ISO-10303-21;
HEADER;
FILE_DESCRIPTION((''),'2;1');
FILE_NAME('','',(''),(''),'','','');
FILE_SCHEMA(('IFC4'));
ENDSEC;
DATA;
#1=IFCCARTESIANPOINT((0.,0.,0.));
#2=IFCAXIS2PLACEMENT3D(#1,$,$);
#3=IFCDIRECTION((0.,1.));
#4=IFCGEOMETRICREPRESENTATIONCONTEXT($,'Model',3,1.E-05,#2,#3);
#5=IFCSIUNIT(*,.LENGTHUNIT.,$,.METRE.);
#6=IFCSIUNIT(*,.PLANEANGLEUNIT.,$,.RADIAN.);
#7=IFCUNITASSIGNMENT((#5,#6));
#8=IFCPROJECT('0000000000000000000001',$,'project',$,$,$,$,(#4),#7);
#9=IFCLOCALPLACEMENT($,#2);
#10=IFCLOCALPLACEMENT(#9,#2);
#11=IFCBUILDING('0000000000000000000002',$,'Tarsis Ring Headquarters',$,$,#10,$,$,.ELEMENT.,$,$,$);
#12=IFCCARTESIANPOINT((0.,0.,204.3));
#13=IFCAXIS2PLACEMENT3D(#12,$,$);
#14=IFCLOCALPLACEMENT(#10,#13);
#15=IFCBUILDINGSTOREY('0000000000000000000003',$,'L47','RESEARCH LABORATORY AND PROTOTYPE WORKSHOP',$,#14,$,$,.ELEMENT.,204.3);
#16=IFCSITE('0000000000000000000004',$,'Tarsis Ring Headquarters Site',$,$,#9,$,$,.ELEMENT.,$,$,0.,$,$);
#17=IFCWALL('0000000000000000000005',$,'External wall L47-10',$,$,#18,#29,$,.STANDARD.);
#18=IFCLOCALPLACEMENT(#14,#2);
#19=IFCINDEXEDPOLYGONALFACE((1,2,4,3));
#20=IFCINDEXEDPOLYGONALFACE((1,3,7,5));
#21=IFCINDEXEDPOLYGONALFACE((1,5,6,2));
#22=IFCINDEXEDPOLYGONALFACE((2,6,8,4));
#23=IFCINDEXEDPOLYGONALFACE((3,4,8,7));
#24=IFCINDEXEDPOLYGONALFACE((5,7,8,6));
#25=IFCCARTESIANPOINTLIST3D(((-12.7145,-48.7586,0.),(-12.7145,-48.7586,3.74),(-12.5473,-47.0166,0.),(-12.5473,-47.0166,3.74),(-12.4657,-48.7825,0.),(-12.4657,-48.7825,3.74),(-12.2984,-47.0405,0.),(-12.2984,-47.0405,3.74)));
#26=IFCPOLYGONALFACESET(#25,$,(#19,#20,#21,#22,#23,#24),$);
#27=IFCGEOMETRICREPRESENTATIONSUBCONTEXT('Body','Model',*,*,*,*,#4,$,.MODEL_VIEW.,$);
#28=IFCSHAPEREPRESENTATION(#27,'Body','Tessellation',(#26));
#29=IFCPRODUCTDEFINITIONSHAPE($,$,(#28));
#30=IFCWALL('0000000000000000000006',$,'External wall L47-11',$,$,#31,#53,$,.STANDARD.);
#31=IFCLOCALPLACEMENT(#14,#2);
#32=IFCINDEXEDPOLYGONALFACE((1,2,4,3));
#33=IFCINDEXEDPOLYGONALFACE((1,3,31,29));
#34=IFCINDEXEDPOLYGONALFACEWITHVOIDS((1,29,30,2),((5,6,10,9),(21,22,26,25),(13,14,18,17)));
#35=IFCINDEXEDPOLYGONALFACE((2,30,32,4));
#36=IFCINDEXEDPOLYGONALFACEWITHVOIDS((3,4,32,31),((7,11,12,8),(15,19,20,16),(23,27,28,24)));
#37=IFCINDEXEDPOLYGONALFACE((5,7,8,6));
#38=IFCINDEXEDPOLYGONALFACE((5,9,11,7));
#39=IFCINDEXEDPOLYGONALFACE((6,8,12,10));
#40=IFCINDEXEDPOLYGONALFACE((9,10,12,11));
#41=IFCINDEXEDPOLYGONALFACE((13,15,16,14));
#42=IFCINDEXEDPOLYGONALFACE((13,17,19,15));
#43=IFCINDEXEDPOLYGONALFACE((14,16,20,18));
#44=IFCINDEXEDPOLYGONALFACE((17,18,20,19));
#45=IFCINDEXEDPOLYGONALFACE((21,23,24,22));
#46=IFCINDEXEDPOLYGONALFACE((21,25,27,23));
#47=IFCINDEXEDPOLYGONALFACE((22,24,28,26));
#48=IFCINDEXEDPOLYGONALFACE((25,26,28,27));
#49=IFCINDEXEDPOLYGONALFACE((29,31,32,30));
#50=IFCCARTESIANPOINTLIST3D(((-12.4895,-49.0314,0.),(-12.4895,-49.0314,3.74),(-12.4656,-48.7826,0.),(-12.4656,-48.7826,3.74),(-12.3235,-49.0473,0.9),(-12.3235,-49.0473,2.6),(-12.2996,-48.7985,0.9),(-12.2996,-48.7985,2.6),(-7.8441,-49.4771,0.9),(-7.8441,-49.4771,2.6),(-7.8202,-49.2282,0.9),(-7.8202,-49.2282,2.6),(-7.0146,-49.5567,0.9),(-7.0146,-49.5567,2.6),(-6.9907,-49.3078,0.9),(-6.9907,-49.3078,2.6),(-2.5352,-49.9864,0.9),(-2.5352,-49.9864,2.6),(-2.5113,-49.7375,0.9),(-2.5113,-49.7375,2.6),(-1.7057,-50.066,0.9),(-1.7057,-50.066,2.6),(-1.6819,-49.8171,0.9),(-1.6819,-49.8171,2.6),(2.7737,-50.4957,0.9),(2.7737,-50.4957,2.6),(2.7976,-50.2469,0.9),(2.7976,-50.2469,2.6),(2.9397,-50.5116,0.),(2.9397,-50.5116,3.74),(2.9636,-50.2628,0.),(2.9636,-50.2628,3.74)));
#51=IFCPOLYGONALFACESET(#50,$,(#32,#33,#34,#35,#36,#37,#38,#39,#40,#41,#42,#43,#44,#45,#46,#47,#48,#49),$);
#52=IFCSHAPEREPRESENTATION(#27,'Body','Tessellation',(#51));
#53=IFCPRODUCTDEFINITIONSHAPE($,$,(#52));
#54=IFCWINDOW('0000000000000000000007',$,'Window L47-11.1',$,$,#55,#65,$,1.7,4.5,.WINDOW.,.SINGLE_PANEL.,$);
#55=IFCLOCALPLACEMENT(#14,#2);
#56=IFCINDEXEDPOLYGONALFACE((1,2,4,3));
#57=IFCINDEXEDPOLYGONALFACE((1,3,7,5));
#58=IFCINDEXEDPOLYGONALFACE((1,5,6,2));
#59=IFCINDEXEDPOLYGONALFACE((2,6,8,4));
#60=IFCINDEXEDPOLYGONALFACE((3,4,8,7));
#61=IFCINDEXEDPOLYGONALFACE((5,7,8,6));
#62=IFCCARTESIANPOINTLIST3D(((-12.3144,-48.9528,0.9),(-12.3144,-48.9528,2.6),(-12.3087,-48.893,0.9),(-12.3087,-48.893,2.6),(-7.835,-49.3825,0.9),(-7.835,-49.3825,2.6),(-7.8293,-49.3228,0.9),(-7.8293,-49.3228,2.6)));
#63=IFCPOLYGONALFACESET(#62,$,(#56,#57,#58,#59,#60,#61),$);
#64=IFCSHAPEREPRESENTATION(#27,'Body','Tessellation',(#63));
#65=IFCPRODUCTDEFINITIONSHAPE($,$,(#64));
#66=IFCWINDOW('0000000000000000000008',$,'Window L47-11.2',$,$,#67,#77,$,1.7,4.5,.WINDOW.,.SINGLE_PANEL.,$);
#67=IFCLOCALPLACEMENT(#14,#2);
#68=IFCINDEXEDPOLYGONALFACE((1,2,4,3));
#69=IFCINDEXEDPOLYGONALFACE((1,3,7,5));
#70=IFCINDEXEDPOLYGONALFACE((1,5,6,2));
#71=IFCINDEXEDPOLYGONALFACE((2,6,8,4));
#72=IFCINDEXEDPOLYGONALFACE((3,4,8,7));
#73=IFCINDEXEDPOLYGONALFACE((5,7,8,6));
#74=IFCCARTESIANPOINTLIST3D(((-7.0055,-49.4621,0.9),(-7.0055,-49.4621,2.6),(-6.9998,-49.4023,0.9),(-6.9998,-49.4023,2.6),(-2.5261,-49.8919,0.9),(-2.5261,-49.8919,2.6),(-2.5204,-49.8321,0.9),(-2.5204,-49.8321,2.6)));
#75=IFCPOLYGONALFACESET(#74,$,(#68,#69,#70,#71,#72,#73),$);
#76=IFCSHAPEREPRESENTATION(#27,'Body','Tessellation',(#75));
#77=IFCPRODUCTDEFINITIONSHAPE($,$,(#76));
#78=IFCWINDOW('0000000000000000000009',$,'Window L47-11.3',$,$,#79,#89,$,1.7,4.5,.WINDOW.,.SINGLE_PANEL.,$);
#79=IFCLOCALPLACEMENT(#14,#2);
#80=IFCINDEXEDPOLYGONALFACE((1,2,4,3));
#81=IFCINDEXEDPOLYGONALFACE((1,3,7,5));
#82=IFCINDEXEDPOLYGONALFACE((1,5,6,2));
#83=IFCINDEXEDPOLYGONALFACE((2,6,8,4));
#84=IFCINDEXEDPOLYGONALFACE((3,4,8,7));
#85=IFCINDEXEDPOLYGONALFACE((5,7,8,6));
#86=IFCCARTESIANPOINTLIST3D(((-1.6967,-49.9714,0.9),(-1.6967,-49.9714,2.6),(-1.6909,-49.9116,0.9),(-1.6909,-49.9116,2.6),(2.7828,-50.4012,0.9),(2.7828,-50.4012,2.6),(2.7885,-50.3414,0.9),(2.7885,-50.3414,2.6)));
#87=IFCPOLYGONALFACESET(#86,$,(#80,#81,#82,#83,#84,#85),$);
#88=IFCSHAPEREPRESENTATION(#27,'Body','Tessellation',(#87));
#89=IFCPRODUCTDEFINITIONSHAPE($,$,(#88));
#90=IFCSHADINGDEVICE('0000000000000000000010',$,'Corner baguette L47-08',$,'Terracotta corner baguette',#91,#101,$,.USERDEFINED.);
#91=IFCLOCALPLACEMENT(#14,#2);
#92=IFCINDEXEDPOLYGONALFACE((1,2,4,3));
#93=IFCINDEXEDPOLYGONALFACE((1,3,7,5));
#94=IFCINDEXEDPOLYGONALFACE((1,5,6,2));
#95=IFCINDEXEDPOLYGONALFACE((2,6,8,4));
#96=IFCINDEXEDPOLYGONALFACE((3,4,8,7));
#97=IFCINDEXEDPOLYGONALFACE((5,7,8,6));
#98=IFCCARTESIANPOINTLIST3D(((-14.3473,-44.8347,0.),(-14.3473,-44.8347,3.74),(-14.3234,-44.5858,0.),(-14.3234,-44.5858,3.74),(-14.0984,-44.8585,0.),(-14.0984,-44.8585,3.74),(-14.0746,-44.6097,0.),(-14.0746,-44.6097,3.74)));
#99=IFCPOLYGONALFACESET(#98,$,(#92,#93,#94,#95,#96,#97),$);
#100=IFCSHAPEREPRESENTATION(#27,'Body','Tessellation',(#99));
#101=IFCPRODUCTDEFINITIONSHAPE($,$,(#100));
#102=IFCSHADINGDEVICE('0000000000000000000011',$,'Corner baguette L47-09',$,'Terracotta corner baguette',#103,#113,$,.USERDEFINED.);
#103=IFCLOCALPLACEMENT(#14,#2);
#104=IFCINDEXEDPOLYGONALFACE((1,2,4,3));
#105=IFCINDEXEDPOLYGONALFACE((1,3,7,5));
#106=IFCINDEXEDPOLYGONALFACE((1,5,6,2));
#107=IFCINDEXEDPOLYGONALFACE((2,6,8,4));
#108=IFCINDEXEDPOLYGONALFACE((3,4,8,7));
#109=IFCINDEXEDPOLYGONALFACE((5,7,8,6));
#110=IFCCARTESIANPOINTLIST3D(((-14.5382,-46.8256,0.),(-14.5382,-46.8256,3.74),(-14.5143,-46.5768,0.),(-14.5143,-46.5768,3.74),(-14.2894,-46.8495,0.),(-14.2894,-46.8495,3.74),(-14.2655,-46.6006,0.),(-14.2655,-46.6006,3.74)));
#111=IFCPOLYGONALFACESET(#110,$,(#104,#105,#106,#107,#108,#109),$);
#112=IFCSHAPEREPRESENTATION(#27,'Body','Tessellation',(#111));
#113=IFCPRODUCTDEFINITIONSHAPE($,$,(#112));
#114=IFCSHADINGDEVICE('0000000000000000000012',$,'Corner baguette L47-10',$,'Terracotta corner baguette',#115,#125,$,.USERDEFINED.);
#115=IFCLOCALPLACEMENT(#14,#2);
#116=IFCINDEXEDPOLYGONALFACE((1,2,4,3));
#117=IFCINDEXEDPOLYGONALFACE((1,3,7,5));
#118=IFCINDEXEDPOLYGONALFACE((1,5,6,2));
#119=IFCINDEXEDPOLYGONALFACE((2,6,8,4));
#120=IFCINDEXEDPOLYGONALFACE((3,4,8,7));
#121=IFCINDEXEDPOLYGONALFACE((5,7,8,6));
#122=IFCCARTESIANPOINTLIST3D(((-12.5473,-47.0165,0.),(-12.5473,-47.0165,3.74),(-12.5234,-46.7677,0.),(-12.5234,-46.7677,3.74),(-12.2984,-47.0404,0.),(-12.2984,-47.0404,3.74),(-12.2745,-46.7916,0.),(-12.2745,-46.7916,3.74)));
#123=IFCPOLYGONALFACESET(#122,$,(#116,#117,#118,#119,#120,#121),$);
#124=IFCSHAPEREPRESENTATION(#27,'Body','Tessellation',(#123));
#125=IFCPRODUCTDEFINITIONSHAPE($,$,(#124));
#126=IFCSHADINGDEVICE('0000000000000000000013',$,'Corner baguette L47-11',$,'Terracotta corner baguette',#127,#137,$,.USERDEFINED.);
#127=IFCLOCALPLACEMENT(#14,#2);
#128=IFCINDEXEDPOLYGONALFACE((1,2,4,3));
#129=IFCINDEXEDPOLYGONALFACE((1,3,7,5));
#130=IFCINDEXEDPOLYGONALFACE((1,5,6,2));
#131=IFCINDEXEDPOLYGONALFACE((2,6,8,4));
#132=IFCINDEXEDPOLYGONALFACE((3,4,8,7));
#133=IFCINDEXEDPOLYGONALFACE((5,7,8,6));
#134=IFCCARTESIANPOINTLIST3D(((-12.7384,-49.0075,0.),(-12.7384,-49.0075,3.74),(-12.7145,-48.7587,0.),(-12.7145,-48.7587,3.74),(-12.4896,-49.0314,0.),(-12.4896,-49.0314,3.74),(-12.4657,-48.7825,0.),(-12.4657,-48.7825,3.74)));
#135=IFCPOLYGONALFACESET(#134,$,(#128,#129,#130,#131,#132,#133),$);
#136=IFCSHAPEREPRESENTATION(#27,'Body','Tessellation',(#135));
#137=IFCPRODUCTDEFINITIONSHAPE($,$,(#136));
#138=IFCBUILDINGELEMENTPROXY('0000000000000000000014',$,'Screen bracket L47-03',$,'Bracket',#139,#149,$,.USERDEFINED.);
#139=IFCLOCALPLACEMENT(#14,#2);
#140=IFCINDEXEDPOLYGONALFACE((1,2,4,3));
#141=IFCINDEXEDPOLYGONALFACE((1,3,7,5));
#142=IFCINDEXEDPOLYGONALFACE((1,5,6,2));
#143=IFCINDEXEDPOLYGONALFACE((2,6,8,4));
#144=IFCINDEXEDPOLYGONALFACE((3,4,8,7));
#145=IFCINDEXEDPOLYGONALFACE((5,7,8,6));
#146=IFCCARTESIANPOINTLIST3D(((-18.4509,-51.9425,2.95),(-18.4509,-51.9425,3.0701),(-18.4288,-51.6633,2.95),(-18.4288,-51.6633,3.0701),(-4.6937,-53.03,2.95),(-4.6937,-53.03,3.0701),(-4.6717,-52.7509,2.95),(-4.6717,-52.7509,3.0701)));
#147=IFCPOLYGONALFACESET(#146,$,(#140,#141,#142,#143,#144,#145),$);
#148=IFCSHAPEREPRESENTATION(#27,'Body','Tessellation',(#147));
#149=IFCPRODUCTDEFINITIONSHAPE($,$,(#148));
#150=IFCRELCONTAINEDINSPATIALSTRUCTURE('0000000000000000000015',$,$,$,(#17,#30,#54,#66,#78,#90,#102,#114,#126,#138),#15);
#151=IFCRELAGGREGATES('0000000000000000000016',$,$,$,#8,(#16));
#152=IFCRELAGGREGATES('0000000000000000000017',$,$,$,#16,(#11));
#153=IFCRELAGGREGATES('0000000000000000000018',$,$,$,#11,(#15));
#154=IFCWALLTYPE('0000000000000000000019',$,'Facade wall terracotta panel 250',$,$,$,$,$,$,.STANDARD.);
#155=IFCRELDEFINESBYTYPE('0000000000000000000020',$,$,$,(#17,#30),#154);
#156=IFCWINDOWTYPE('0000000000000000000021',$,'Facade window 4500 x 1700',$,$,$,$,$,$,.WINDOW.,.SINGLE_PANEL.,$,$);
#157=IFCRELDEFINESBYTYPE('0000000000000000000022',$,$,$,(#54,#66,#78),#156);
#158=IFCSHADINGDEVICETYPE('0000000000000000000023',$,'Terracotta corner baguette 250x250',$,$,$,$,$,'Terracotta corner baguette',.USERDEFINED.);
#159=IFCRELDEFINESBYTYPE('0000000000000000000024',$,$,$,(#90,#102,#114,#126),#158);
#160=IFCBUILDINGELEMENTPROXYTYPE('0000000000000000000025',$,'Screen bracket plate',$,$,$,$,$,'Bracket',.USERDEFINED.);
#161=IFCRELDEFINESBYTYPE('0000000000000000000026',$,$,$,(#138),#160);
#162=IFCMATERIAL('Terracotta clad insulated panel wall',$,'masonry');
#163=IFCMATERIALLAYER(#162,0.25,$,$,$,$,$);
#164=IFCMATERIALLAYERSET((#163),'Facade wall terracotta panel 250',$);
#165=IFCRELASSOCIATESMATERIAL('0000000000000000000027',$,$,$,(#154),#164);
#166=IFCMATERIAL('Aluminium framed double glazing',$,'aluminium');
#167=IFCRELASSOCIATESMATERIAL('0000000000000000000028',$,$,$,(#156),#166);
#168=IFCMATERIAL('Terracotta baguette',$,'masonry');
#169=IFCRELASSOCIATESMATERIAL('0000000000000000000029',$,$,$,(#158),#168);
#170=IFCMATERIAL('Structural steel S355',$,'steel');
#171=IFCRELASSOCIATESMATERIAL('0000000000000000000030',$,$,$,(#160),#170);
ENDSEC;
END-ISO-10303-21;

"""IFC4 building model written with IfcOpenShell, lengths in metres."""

from ifc_helpers import new_model, si_unit, direction, frame, frame_2d, origin, origin_2d, place, context, subcontext, project, spatial, rectangle, extrude, material, layer, layer_set, type_object, element, fill, save


model = new_model("IFC4")

# Units and contexts
model_context = context("Model", 3, precision=1e-05, world=origin(), true_north=direction((0.0, 1.0)))
body_context = subcontext(model_context, "Body", "Model", "MODEL_VIEW")
ifc_project = project(units=[si_unit("LENGTHUNIT", "METRE"), si_unit("PLANEANGLEUNIT", "RADIAN")], contexts=[model_context])

# Site, building, storey
site_placement = place(None, origin())
site = spatial("IfcSite", under=ifc_project, at=site_placement, Name="Tarsis Ring Headquarters Site", CompositionType="ELEMENT", RefElevation=0.0)
building_placement = place(site_placement, origin())
building = spatial("IfcBuilding", under=site, at=building_placement, Name="Tarsis Ring Headquarters", CompositionType="ELEMENT")
storey_placement = place(building_placement, frame((0.0, 0.0, 204.3)))
storey = spatial("IfcBuildingStorey", under=building, at=storey_placement, Name="L47", Description="RESEARCH LABORATORY AND PROTOTYPE WORKSHOP", CompositionType="ELEMENT", Elevation=204.3)

# Shared definitions
ifc_material_1 = material(Name="Structural steel S355", Category="steel")

# Wall
ifc_material_2 = material(Name="Terracotta clad insulated panel wall", Category="masonry")
ifc_layer = layer(ifc_material_2, 0.25)
ifc_layer_set = layer_set([ifc_layer], Name="Facade wall terracotta panel 250")
wall_type = type_object("IfcWallType", Name="Facade wall terracotta panel 250", PredefinedType="STANDARD", material=ifc_layer_set)
for number, where, z_axis, x_axis, name in (
    (1, (-12.4229, -47.0286, 0.0), (0.0, 0.0, 1.0), (-0.095566, -0.995423, 0.0), "External wall L47-10"),
):
    element("IfcWall", number, at=place(storey_placement, frame(where, z_axis=z_axis, x_axis=x_axis)), inside=storey, type_object=wall_type, Name=name, PredefinedType="STANDARD", context=body_context, shape_type="SweptSolid", body=[
        extrude(rectangle(XDim=1.75, YDim=0.25, at=frame_2d((0.875, 0.0))), origin(), (0.0, 0.0, 1.0), 3.74),
    ])

# Wall, openings, windows
wall_1_placement = place(storey_placement, frame((-12.4775, -48.907, 0.0), z_axis=(0.0, 0.0, 1.0), x_axis=(0.99543, -0.095498, 0.0)))
wall_1 = element("IfcWall", 2, at=wall_1_placement, inside=storey, type_object=wall_type, Name="External wall L47-11", PredefinedType="STANDARD", context=body_context, shape_type="SweptSolid", body=[
    extrude(rectangle(XDim=15.5, YDim=0.25, at=frame_2d((7.75, 0.0))), origin(), (0.0, 0.0, 1.0), 3.74),
])
opening_1_placement = place(wall_1_placement, frame((0.1667, 0.0, 0.8999)))
opening_1 = element("IfcOpeningElement", 3, at=opening_1_placement, cuts=wall_1, PredefinedType="OPENING", context=body_context, shape_type="SweptSolid", body=[
    extrude(rectangle(XDim=4.5, YDim=1.7, at=frame_2d((2.25, 0.8501))), frame((0.0, 0.135, 0.0), z_axis=(0.0, -1.0, 0.0), x_axis=(1.0, 0.0, 0.0)), (0.0, 0.0, 1.0), 0.27),
])
opening_2_placement = place(wall_1_placement, frame((5.5, 0.0, 0.8999)))
opening_2 = element("IfcOpeningElement", 4, at=opening_2_placement, cuts=wall_1, PredefinedType="OPENING", context=body_context, shape_type="SweptSolid", body=[
    extrude(rectangle(XDim=4.5, YDim=1.7, at=frame_2d((2.25, 0.8501))), frame((0.0, 0.135, 0.0), z_axis=(0.0, -1.0, 0.0), x_axis=(1.0, 0.0, 0.0)), (0.0, 0.0, 1.0), 0.27),
])
opening_3_placement = place(wall_1_placement, frame((10.8333, 0.0, 0.8999)))
opening_3 = element("IfcOpeningElement", 5, at=opening_3_placement, cuts=wall_1, PredefinedType="OPENING", context=body_context, shape_type="SweptSolid", body=[
    extrude(rectangle(XDim=4.5, YDim=1.7, at=frame_2d((2.25, 0.8501))), frame((0.0, 0.135, 0.0), z_axis=(0.0, -1.0, 0.0), x_axis=(1.0, 0.0, 0.0)), (0.0, 0.0, 1.0), 0.27),
])
ifc_material_3 = material(Name="Aluminium framed double glazing", Category="aluminium")
window_type = type_object("IfcWindowType", Name="Facade window 4500 x 1700", PartitioningType="SINGLE_PANEL", PredefinedType="WINDOW", material=ifc_material_3)
window_1_placement = place(opening_1_placement, origin())
window_1 = element("IfcWindow", 6, at=window_1_placement, inside=storey, type_object=window_type, Name="Window L47-11.1", OverallHeight=1.7, OverallWidth=4.5, PartitioningType="SINGLE_PANEL", PredefinedType="WINDOW", context=body_context, shape_type="SweptSolid", body=[
    extrude(rectangle(XDim=4.5, YDim=1.7, at=frame_2d((2.25, 0.8501))), frame((0.0, 0.03, 0.0), z_axis=(0.0, -1.0, 0.0), x_axis=(1.0, 0.0, 0.0)), (0.0, 0.0, 1.0), 0.0601),
])
fill(opening_1, window_1)
window_2_placement = place(opening_2_placement, origin())
window_2 = element("IfcWindow", 7, at=window_2_placement, inside=storey, type_object=window_type, Name="Window L47-11.2", OverallHeight=1.7, OverallWidth=4.5, PartitioningType="SINGLE_PANEL", PredefinedType="WINDOW", context=body_context, shape_type="SweptSolid", body=[
    extrude(rectangle(XDim=4.5, YDim=1.7, at=frame_2d((2.25, 0.8501))), frame((0.0, 0.03, 0.0), z_axis=(0.0, -1.0, 0.0), x_axis=(1.0, 0.0, 0.0)), (0.0, 0.0, 1.0), 0.0601),
])
fill(opening_2, window_2)
window_3_placement = place(opening_3_placement, origin())
window_3 = element("IfcWindow", 8, at=window_3_placement, inside=storey, type_object=window_type, Name="Window L47-11.3", OverallHeight=1.7, OverallWidth=4.5, PartitioningType="SINGLE_PANEL", PredefinedType="WINDOW", context=body_context, shape_type="SweptSolid", body=[
    extrude(rectangle(XDim=4.5, YDim=1.7, at=frame_2d((2.25, 0.8501))), frame((0.0, 0.03, 0.0), z_axis=(0.0, -1.0, 0.0), x_axis=(1.0, 0.0, 0.0)), (0.0, 0.0, 1.0), 0.0601),
])
fill(opening_3, window_3)

# Shading devices
ifc_material_4 = material(Name="Terracotta baguette", Category="masonry")
shading_device_type_1 = type_object("IfcShadingDeviceType", Name="Terracotta corner baguette 250x250", ElementType="Terracotta corner baguette", PredefinedType="USERDEFINED", material=ifc_material_4)
for number, where, z_axis, x_axis, name in (
    (9, (-14.2109, -44.7222, 0.0), (0.0, 0.0, 1.0), (0.99543, -0.095498, 0.0), "Corner baguette L47-08"),
    (10, (-14.4019, -46.7131, 0.0), (0.0, 0.0, 1.0), (-0.095499, -0.99543, 0.0), "Corner baguette L47-09"),
    (11, (-12.4109, -46.9041, 0.0), (0.0, 0.0, 1.0), (0.99543, -0.095499, 0.0), "Corner baguette L47-10"),
    (12, (-12.6021, -48.895, 0.0), (0.0, 0.0, 1.0), (-0.095498, -0.99543, 0.0), "Corner baguette L47-11"),
):
    element("IfcShadingDevice", number, at=place(storey_placement, frame(where, z_axis=z_axis, x_axis=x_axis)), inside=storey, type_object=shading_device_type_1, Name=name, ObjectType="Terracotta corner baguette", PredefinedType="USERDEFINED", context=body_context, shape_type="SweptSolid", body=[
        extrude(rectangle(XDim=0.25, YDim=0.25, at=origin_2d()), origin(), (0.0, 0.0, 1.0), 3.74),
    ])

# Building element proxy
building_element_proxy_type = type_object("IfcBuildingElementProxyType", Name="Screen bracket plate", ElementType="Bracket", PredefinedType="USERDEFINED", material=ifc_material_1)
proxy_placement = place(storey_placement, frame((-11.5613, -52.3467, 2.95), z_axis=(0.0, 0.0, 1.0), x_axis=(0.99689, -0.078807, 0.0)))
element("IfcBuildingElementProxy", 13, at=proxy_placement, inside=storey, type_object=building_element_proxy_type, Name="Screen bracket L47-03", ObjectType="Bracket", PredefinedType="USERDEFINED", context=body_context, shape_type="SweptSolid", body=[
    extrude(rectangle(XDim=13.8, YDim=0.28, at=origin_2d()), origin(), (0.0, 0.0, 1.0), 0.1201),
])

save(model, "model.ifc")
